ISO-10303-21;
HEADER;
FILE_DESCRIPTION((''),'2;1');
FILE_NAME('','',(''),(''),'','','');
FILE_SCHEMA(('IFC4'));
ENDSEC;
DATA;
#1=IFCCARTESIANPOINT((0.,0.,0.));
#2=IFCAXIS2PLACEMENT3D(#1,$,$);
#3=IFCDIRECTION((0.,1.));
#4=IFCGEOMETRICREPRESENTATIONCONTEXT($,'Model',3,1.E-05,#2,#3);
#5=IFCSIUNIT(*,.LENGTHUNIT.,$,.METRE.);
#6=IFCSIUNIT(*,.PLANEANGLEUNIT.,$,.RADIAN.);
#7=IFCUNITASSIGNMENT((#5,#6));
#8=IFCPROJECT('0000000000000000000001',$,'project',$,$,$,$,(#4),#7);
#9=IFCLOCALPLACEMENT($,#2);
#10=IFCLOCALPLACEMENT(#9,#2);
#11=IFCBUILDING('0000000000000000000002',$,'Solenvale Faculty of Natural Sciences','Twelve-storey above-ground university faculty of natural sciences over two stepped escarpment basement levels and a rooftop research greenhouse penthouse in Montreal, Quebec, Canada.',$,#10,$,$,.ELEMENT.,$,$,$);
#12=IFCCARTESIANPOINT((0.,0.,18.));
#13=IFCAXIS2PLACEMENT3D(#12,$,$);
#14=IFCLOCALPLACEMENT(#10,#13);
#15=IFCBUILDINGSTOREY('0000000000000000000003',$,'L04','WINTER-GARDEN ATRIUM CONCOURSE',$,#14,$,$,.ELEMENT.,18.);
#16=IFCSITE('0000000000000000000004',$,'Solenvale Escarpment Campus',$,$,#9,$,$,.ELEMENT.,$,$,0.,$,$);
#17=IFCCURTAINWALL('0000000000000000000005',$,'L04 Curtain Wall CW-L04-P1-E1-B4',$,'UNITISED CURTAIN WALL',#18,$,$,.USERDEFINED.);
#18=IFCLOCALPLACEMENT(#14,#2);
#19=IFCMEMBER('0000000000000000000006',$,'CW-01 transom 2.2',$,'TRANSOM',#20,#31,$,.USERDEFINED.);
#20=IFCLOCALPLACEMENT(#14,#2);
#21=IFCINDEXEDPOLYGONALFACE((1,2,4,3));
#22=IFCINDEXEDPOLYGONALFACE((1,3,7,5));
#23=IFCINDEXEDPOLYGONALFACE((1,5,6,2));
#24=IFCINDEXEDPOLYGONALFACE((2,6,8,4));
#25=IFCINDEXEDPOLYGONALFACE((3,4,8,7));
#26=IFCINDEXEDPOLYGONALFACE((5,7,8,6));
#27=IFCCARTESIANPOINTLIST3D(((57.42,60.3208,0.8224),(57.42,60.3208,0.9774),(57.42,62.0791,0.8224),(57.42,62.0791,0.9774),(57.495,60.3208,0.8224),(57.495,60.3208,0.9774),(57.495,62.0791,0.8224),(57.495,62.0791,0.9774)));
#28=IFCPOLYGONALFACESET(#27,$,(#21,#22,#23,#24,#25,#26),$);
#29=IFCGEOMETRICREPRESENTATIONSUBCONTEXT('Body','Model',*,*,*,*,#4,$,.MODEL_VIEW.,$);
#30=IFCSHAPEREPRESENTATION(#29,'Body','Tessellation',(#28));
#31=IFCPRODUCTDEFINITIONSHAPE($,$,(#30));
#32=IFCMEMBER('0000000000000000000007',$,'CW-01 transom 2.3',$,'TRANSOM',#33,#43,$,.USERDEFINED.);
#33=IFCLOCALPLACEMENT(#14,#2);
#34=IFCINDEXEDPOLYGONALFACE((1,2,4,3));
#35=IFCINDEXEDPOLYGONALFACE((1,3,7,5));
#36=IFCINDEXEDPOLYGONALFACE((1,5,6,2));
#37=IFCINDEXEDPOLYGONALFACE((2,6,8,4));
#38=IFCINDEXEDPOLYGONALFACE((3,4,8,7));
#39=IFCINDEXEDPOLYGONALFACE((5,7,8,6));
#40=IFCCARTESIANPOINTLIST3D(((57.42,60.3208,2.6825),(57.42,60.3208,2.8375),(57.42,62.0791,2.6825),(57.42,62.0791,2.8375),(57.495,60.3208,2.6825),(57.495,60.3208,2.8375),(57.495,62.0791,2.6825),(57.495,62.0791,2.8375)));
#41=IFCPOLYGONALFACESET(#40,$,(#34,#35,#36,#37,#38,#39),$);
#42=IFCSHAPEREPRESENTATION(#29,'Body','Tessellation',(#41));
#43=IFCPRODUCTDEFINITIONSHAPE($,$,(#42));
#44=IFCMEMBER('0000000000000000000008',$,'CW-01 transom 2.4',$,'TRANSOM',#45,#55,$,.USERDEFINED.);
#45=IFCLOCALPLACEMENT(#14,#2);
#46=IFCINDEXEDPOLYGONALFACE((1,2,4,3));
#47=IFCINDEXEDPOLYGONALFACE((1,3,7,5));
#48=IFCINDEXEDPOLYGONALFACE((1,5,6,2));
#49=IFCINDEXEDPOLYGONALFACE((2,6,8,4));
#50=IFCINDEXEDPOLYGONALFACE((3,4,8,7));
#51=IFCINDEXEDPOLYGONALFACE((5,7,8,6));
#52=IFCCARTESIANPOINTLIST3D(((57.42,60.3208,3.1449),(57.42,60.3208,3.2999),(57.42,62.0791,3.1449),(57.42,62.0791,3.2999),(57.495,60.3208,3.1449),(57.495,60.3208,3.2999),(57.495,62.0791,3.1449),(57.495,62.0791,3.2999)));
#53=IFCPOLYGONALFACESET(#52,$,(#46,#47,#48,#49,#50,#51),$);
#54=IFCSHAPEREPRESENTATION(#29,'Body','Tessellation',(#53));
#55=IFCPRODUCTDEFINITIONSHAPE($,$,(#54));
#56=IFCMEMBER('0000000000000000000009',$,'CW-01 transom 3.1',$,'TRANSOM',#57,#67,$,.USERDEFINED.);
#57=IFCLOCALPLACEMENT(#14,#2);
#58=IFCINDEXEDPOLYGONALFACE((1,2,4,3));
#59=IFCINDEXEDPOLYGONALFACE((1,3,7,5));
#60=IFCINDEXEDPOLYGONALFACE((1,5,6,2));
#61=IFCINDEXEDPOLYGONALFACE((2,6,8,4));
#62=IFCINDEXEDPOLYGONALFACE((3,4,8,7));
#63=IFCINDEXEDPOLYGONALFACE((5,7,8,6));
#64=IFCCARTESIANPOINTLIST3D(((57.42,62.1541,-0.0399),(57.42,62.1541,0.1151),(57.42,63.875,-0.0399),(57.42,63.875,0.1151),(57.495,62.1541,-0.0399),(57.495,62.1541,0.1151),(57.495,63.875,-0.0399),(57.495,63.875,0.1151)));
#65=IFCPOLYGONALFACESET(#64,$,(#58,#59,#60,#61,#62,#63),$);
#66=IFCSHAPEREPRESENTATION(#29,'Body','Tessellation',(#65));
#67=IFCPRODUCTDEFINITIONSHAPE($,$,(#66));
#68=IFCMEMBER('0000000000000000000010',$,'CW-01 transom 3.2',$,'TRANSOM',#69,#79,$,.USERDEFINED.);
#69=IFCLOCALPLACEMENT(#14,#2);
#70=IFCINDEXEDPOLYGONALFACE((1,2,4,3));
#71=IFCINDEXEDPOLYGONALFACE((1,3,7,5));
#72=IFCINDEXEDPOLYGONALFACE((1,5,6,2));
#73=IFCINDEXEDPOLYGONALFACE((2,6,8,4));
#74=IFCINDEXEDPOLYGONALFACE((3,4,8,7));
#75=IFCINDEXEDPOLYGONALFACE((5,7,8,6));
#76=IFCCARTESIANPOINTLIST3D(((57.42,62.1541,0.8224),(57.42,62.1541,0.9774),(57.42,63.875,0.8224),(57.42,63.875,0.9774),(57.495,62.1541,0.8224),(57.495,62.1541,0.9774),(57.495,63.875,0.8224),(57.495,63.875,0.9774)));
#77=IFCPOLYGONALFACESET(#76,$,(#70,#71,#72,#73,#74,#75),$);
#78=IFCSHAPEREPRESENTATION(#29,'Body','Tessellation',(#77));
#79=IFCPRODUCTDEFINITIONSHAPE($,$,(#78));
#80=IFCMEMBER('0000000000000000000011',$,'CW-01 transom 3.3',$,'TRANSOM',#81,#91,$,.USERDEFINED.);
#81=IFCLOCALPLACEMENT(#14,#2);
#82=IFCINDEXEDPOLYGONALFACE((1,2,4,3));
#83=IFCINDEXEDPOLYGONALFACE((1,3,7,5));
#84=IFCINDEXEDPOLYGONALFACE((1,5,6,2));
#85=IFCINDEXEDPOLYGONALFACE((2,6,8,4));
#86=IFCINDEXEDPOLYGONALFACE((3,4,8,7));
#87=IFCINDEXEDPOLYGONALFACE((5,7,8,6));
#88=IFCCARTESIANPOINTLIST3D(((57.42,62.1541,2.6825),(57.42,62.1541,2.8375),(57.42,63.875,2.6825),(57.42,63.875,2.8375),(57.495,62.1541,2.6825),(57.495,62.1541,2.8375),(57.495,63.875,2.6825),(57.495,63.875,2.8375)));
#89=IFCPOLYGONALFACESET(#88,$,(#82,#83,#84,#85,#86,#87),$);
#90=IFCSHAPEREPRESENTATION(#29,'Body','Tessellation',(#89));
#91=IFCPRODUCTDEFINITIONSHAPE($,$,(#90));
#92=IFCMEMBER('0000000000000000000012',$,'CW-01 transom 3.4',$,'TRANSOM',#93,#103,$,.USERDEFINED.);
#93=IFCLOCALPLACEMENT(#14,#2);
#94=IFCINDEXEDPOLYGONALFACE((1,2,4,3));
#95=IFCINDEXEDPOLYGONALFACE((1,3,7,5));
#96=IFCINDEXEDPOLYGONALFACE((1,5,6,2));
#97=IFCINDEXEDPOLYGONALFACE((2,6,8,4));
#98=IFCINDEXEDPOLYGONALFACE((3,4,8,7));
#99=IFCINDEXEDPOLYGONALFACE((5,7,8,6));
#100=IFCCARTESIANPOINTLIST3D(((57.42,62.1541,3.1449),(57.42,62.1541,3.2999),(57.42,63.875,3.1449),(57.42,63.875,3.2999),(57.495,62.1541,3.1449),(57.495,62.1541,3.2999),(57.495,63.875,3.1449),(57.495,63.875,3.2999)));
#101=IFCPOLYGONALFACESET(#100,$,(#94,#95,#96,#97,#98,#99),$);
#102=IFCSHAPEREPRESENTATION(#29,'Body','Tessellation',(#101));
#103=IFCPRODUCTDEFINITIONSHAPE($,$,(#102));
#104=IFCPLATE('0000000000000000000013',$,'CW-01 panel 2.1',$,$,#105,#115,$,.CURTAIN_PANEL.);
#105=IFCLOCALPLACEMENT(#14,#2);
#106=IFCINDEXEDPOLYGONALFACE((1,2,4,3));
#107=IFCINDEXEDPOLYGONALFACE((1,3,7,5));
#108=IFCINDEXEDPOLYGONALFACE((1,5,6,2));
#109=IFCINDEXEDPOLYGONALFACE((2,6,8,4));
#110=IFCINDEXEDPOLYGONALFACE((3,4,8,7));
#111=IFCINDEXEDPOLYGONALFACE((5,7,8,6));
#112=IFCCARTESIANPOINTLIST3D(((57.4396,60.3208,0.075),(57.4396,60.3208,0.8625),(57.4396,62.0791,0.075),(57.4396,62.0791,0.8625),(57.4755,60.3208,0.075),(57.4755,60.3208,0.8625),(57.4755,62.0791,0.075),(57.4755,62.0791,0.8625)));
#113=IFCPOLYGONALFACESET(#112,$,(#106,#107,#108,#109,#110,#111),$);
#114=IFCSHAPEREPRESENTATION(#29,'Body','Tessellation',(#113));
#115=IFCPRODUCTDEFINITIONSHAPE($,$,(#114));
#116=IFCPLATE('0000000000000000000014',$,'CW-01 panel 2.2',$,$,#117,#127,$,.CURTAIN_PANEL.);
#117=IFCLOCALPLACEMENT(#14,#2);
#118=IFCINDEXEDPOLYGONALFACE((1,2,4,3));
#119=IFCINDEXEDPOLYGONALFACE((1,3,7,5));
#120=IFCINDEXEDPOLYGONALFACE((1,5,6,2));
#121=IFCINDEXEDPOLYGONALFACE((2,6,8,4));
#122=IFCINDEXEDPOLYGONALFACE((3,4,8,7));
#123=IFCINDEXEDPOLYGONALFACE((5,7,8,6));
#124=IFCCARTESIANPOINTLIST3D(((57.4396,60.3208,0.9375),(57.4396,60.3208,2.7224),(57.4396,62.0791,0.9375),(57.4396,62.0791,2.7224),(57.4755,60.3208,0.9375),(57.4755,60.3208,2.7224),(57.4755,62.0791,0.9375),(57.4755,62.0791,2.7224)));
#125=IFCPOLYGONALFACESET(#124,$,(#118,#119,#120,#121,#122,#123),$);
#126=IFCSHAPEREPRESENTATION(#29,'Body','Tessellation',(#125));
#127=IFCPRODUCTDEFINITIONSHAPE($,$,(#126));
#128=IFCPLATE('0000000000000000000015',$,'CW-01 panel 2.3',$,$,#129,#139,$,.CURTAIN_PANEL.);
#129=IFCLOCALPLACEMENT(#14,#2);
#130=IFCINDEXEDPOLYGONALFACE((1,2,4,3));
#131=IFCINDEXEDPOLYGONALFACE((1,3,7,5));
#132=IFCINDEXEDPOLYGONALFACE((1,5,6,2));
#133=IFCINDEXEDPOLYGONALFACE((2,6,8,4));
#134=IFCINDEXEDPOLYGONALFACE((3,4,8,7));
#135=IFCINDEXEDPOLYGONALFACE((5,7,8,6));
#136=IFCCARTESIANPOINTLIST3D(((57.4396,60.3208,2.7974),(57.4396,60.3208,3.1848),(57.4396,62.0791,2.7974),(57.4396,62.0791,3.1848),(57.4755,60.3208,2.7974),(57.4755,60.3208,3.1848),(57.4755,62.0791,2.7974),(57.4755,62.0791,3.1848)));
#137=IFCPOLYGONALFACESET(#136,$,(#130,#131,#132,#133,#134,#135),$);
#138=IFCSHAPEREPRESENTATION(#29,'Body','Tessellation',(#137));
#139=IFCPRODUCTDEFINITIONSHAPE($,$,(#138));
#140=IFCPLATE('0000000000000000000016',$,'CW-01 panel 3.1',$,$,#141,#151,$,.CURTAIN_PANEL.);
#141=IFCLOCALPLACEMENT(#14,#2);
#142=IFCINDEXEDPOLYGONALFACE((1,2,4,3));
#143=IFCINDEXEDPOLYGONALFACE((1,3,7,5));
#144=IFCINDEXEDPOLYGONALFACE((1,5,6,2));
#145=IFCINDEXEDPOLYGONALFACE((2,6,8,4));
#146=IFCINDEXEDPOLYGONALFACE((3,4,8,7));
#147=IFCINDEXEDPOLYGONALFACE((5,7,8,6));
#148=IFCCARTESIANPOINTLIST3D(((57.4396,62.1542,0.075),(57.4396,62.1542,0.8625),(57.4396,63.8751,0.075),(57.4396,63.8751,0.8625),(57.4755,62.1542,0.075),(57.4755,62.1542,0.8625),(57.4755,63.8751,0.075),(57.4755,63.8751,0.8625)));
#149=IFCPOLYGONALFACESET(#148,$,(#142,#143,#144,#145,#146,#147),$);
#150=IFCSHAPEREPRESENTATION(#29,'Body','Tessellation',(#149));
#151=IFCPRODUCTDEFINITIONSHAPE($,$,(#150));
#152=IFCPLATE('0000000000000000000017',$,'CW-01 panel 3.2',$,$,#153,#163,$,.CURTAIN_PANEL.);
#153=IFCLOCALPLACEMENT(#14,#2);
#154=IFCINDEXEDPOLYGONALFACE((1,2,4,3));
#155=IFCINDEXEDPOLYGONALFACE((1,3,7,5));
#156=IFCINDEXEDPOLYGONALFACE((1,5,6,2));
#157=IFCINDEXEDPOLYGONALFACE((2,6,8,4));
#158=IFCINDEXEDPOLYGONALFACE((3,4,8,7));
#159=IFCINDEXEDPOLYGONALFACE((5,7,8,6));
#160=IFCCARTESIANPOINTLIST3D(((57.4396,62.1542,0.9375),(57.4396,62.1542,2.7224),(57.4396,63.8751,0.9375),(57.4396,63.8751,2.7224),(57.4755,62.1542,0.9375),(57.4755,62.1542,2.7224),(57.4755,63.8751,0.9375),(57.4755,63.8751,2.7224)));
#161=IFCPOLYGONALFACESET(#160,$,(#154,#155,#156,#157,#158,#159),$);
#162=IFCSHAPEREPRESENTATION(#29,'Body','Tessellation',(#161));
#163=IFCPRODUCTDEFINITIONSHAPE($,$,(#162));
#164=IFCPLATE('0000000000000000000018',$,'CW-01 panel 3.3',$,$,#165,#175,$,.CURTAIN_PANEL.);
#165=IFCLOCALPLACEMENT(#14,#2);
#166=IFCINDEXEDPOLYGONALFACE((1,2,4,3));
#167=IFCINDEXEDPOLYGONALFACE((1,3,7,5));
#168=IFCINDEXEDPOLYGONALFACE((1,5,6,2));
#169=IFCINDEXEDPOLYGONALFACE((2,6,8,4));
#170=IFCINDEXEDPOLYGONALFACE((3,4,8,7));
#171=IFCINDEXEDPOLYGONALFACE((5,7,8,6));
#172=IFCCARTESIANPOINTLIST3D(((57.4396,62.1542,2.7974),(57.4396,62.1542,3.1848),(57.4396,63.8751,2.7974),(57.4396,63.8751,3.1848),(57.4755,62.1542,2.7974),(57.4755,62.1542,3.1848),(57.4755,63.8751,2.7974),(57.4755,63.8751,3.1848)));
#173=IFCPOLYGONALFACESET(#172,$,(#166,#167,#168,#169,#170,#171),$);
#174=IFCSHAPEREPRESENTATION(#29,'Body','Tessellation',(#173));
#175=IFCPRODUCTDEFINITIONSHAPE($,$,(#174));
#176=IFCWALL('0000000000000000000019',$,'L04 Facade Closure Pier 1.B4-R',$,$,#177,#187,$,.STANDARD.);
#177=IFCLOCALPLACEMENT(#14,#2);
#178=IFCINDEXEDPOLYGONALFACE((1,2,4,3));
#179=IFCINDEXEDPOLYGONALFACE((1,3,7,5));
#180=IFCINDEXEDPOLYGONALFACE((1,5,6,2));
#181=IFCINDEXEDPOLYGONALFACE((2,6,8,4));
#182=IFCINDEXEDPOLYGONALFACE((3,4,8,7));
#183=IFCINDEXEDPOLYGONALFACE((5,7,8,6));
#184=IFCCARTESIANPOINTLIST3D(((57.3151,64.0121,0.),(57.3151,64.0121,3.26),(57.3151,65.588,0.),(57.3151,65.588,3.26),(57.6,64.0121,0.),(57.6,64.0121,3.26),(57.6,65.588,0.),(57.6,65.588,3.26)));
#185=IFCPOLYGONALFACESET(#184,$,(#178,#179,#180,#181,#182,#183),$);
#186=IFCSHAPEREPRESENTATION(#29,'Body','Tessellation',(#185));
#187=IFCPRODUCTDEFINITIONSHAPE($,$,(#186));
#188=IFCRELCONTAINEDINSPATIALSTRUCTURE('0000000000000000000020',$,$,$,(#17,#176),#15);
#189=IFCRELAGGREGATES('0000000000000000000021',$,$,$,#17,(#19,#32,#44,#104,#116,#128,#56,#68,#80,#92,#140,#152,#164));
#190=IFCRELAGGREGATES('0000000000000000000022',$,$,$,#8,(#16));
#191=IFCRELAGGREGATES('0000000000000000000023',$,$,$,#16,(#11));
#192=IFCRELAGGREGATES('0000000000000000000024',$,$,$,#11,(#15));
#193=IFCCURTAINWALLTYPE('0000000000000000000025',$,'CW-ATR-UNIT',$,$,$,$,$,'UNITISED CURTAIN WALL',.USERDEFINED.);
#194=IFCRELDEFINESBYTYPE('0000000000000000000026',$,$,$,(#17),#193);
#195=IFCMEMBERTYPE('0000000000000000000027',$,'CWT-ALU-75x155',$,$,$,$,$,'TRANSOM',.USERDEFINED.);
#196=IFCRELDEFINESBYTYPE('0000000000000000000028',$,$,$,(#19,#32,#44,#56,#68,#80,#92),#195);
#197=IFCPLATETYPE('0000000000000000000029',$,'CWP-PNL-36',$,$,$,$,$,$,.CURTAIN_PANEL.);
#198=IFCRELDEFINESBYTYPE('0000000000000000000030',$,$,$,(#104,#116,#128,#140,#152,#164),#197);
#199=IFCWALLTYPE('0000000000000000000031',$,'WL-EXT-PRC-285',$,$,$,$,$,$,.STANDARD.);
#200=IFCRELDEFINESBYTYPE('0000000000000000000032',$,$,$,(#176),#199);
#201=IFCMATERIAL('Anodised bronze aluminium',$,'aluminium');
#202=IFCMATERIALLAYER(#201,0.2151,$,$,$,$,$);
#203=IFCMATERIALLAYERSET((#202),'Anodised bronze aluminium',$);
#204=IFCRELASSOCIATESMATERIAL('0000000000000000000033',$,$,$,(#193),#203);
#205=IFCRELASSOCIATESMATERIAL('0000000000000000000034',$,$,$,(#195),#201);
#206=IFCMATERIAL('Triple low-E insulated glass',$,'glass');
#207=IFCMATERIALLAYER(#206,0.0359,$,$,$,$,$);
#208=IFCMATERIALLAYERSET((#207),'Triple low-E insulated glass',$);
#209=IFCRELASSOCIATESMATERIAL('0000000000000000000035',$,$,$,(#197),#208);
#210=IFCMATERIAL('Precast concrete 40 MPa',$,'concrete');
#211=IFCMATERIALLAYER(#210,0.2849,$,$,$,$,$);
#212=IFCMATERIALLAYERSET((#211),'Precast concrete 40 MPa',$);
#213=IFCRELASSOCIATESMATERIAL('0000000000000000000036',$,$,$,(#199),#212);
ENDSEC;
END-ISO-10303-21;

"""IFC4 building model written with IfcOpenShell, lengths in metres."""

from ifc_helpers import new_model, si_unit, direction, frame, frame_2d, origin, origin_2d, place, context, subcontext, project, spatial, rectangle, extrude, material, layer, layer_set, material_profile, profile_set, type_object, element, aggregate, save


model = new_model("IFC4")

# Units and contexts
model_context = context("Model", 3, precision=1e-05, world=origin(), true_north=direction((0.0, 1.0)))
body_context = subcontext(model_context, "Body", "Model", "MODEL_VIEW")
ifc_project = project(units=[si_unit("LENGTHUNIT", "METRE"), si_unit("PLANEANGLEUNIT", "RADIAN")], contexts=[model_context])

# Site, building, storey
site_placement = place(None, origin())
site = spatial("IfcSite", under=ifc_project, at=site_placement, Name="Solenvale Escarpment Campus", CompositionType="ELEMENT", RefElevation=0.0)
building_placement = place(site_placement, origin())
building = spatial("IfcBuilding", under=site, at=building_placement, Name="Solenvale Faculty of Natural Sciences", Description="Twelve-storey above-ground university faculty of natural sciences over two stepped escarpment basement levels and a rooftop research greenhouse penthouse in Montreal, Quebec, Canada.", CompositionType="ELEMENT")
storey_placement = place(building_placement, frame((0.0, 0.0, 18.0)))
storey = spatial("IfcBuildingStorey", under=building, at=storey_placement, Name="L04", Description="WINTER-GARDEN ATRIUM CONCOURSE", CompositionType="ELEMENT", Elevation=18.0)

# Curtain wall, members, plates
ifc_material_1 = material(Name="Anodised bronze aluminium", Category="aluminium")
ifc_layer_1 = layer(ifc_material_1, 0.2151)
ifc_layer_set_1 = layer_set([ifc_layer_1], Name="Anodised bronze aluminium")
curtain_wall_type = type_object("IfcCurtainWallType", Name="CW-ATR-UNIT", ElementType="UNITISED CURTAIN WALL", PredefinedType="USERDEFINED", material=ifc_layer_set_1)
curtain_wall_placement = place(storey_placement, origin())
curtain_wall = element("IfcCurtainWall", 1, at=curtain_wall_placement, inside=storey, type_object=curtain_wall_type, Name="L04 Curtain Wall CW-L04-P1-E1-B4", ObjectType="UNITISED CURTAIN WALL", PredefinedType="USERDEFINED")
ifc_material_profile_1 = material_profile(ifc_material_1, rectangle(XDim=0.075, YDim=0.155, at=origin_2d()), Name="ALU-TRN-75x155")
ifc_profile_set_1 = profile_set([ifc_material_profile_1], Name="Anodised bronze aluminium")
member_type_1 = type_object("IfcMemberType", Name="CWT-ALU-75x155", ElementType="TRANSOM", PredefinedType="USERDEFINED", material=ifc_profile_set_1)
member_1_placement = place(storey_placement, frame((57.4575, 60.3208, 0.8999), z_axis=(0.0, 1.0, 0.0), x_axis=(-1.0, 0.0, 0.0)))
member_1 = element("IfcMember", 2, at=member_1_placement, type_object=member_type_1, Name="CW-01 transom 2.2", ObjectType="TRANSOM", PredefinedType="USERDEFINED", context=body_context, shape_type="SweptSolid", body=[
    extrude(rectangle(XDim=0.075, YDim=0.155, at=origin_2d()), origin(), (0.0, 0.0, 1.0), 1.7583),
])
member_2_placement = place(storey_placement, frame((57.4575, 60.3208, 2.76), z_axis=(0.0, 1.0, 0.0), x_axis=(-1.0, 0.0, 0.0)))
member_2 = element("IfcMember", 3, at=member_2_placement, type_object=member_type_1, Name="CW-01 transom 2.3", ObjectType="TRANSOM", PredefinedType="USERDEFINED", context=body_context, shape_type="SweptSolid", body=[
    extrude(rectangle(XDim=0.075, YDim=0.155, at=origin_2d()), origin(), (0.0, 0.0, 1.0), 1.7583),
])
member_3_placement = place(storey_placement, frame((57.4575, 60.3208, 3.2224), z_axis=(0.0, 1.0, 0.0), x_axis=(-1.0, 0.0, 0.0)))
member_3 = element("IfcMember", 4, at=member_3_placement, type_object=member_type_1, Name="CW-01 transom 2.4", ObjectType="TRANSOM", PredefinedType="USERDEFINED", context=body_context, shape_type="SweptSolid", body=[
    extrude(rectangle(XDim=0.075, YDim=0.155, at=origin_2d()), origin(), (0.0, 0.0, 1.0), 1.7583),
])
member_4_placement = place(storey_placement, frame((57.4575, 62.1541, 0.0376), z_axis=(0.0, 1.0, 0.0), x_axis=(-1.0, 0.0, 0.0)))
member_4 = element("IfcMember", 5, at=member_4_placement, type_object=member_type_1, Name="CW-01 transom 3.1", ObjectType="TRANSOM", PredefinedType="USERDEFINED", context=body_context, shape_type="SweptSolid", body=[
    extrude(rectangle(XDim=0.075, YDim=0.155, at=origin_2d()), origin(), (0.0, 0.0, 1.0), 1.7209),
])
member_5_placement = place(storey_placement, frame((57.4575, 62.1541, 0.8999), z_axis=(0.0, 1.0, 0.0), x_axis=(-1.0, 0.0, 0.0)))
member_5 = element("IfcMember", 6, at=member_5_placement, type_object=member_type_1, Name="CW-01 transom 3.2", ObjectType="TRANSOM", PredefinedType="USERDEFINED", context=body_context, shape_type="SweptSolid", body=[
    extrude(rectangle(XDim=0.075, YDim=0.155, at=origin_2d()), origin(), (0.0, 0.0, 1.0), 1.7209),
])
member_6_placement = place(storey_placement, frame((57.4575, 62.1541, 2.76), z_axis=(0.0, 1.0, 0.0), x_axis=(-1.0, 0.0, 0.0)))
member_6 = element("IfcMember", 7, at=member_6_placement, type_object=member_type_1, Name="CW-01 transom 3.3", ObjectType="TRANSOM", PredefinedType="USERDEFINED", context=body_context, shape_type="SweptSolid", body=[
    extrude(rectangle(XDim=0.075, YDim=0.155, at=origin_2d()), origin(), (0.0, 0.0, 1.0), 1.7209),
])
member_7_placement = place(storey_placement, frame((57.4575, 62.1541, 3.2224), z_axis=(0.0, 1.0, 0.0), x_axis=(-1.0, 0.0, 0.0)))
member_7 = element("IfcMember", 8, at=member_7_placement, type_object=member_type_1, Name="CW-01 transom 3.4", ObjectType="TRANSOM", PredefinedType="USERDEFINED", context=body_context, shape_type="SweptSolid", body=[
    extrude(rectangle(XDim=0.075, YDim=0.155, at=origin_2d()), origin(), (0.0, 0.0, 1.0), 1.7209),
])
ifc_material_2 = material(Name="Triple low-E insulated glass", Category="glass")
ifc_layer_2 = layer(ifc_material_2, 0.0359)
ifc_layer_set_2 = layer_set([ifc_layer_2], Name="Triple low-E insulated glass")
plate_type = type_object("IfcPlateType", Name="CWP-PNL-36", PredefinedType="CURTAIN_PANEL", material=ifc_layer_set_2)
plate_1_placement = place(storey_placement, frame((57.4575, 61.2, 0.075), z_axis=(0.0, 0.0, 1.0), x_axis=(0.0, 1.0, 0.0)))
plate_1 = element("IfcPlate", 9, at=plate_1_placement, type_object=plate_type, Name="CW-01 panel 2.1", PredefinedType="CURTAIN_PANEL", context=body_context, shape_type="SweptSolid", body=[
    extrude(rectangle(XDim=1.7583, YDim=0.0359, at=origin_2d()), origin(), (0.0, 0.0, 1.0), 0.7876),
])
plate_2_placement = place(storey_placement, frame((57.4575, 61.2, 0.9375), z_axis=(0.0, 0.0, 1.0), x_axis=(0.0, 1.0, 0.0)))
plate_2 = element("IfcPlate", 10, at=plate_2_placement, type_object=plate_type, Name="CW-01 panel 2.2", PredefinedType="CURTAIN_PANEL", context=body_context, shape_type="SweptSolid", body=[
    extrude(rectangle(XDim=1.7583, YDim=0.0359, at=origin_2d()), origin(), (0.0, 0.0, 1.0), 1.7849),
])
plate_3_placement = place(storey_placement, frame((57.4575, 61.2, 2.7974), z_axis=(0.0, 0.0, 1.0), x_axis=(0.0, 1.0, 0.0)))
plate_3 = element("IfcPlate", 11, at=plate_3_placement, type_object=plate_type, Name="CW-01 panel 2.3", PredefinedType="CURTAIN_PANEL", context=body_context, shape_type="SweptSolid", body=[
    extrude(rectangle(XDim=1.7583, YDim=0.0359, at=origin_2d()), origin(), (0.0, 0.0, 1.0), 0.3875),
])
plate_4_placement = place(storey_placement, frame((57.4575, 63.0146, 0.075), z_axis=(0.0, 0.0, 1.0), x_axis=(0.0, 1.0, 0.0)))
plate_4 = element("IfcPlate", 12, at=plate_4_placement, type_object=plate_type, Name="CW-01 panel 3.1", PredefinedType="CURTAIN_PANEL", context=body_context, shape_type="SweptSolid", body=[
    extrude(rectangle(XDim=1.7209, YDim=0.0359, at=origin_2d()), origin(), (0.0, 0.0, 1.0), 0.7876),
])
plate_5_placement = place(storey_placement, frame((57.4575, 63.0146, 0.9375), z_axis=(0.0, 0.0, 1.0), x_axis=(0.0, 1.0, 0.0)))
plate_5 = element("IfcPlate", 13, at=plate_5_placement, type_object=plate_type, Name="CW-01 panel 3.2", PredefinedType="CURTAIN_PANEL", context=body_context, shape_type="SweptSolid", body=[
    extrude(rectangle(XDim=1.7209, YDim=0.0359, at=origin_2d()), origin(), (0.0, 0.0, 1.0), 1.7849),
])
plate_6_placement = place(storey_placement, frame((57.4575, 63.0146, 2.7974), z_axis=(0.0, 0.0, 1.0), x_axis=(0.0, 1.0, 0.0)))
plate_6 = element("IfcPlate", 14, at=plate_6_placement, type_object=plate_type, Name="CW-01 panel 3.3", PredefinedType="CURTAIN_PANEL", context=body_context, shape_type="SweptSolid", body=[
    extrude(rectangle(XDim=1.7209, YDim=0.0359, at=origin_2d()), origin(), (0.0, 0.0, 1.0), 0.3875),
])
aggregate(curtain_wall, [member_1, member_2, member_3, plate_1, plate_2, plate_3, member_4, member_5, member_6, member_7, plate_4, plate_5, plate_6])

# Wall
ifc_material_3 = material(Name="Precast concrete 40 MPa", Category="concrete")
ifc_layer_3 = layer(ifc_material_3, 0.2849)
ifc_layer_set_3 = layer_set([ifc_layer_3], Name="Precast concrete 40 MPa")
wall_type = type_object("IfcWallType", Name="WL-EXT-PRC-285", PredefinedType="STANDARD", material=ifc_layer_set_3)
wall_placement = place(storey_placement, frame((57.4575, 64.012, 0.0), z_axis=(0.0, 0.0, 1.0), x_axis=(0.0, 1.0, 0.0)))
element("IfcWall", 15, at=wall_placement, inside=storey, type_object=wall_type, Name="L04 Facade Closure Pier 1.B4-R", PredefinedType="STANDARD", context=body_context, shape_type="SweptSolid", body=[
    extrude(rectangle(XDim=1.5759, YDim=0.2849, at=frame_2d((0.7881, 0.0))), origin(), (0.0, 0.0, 1.0), 3.26),
])

save(model, "model.ifc")
